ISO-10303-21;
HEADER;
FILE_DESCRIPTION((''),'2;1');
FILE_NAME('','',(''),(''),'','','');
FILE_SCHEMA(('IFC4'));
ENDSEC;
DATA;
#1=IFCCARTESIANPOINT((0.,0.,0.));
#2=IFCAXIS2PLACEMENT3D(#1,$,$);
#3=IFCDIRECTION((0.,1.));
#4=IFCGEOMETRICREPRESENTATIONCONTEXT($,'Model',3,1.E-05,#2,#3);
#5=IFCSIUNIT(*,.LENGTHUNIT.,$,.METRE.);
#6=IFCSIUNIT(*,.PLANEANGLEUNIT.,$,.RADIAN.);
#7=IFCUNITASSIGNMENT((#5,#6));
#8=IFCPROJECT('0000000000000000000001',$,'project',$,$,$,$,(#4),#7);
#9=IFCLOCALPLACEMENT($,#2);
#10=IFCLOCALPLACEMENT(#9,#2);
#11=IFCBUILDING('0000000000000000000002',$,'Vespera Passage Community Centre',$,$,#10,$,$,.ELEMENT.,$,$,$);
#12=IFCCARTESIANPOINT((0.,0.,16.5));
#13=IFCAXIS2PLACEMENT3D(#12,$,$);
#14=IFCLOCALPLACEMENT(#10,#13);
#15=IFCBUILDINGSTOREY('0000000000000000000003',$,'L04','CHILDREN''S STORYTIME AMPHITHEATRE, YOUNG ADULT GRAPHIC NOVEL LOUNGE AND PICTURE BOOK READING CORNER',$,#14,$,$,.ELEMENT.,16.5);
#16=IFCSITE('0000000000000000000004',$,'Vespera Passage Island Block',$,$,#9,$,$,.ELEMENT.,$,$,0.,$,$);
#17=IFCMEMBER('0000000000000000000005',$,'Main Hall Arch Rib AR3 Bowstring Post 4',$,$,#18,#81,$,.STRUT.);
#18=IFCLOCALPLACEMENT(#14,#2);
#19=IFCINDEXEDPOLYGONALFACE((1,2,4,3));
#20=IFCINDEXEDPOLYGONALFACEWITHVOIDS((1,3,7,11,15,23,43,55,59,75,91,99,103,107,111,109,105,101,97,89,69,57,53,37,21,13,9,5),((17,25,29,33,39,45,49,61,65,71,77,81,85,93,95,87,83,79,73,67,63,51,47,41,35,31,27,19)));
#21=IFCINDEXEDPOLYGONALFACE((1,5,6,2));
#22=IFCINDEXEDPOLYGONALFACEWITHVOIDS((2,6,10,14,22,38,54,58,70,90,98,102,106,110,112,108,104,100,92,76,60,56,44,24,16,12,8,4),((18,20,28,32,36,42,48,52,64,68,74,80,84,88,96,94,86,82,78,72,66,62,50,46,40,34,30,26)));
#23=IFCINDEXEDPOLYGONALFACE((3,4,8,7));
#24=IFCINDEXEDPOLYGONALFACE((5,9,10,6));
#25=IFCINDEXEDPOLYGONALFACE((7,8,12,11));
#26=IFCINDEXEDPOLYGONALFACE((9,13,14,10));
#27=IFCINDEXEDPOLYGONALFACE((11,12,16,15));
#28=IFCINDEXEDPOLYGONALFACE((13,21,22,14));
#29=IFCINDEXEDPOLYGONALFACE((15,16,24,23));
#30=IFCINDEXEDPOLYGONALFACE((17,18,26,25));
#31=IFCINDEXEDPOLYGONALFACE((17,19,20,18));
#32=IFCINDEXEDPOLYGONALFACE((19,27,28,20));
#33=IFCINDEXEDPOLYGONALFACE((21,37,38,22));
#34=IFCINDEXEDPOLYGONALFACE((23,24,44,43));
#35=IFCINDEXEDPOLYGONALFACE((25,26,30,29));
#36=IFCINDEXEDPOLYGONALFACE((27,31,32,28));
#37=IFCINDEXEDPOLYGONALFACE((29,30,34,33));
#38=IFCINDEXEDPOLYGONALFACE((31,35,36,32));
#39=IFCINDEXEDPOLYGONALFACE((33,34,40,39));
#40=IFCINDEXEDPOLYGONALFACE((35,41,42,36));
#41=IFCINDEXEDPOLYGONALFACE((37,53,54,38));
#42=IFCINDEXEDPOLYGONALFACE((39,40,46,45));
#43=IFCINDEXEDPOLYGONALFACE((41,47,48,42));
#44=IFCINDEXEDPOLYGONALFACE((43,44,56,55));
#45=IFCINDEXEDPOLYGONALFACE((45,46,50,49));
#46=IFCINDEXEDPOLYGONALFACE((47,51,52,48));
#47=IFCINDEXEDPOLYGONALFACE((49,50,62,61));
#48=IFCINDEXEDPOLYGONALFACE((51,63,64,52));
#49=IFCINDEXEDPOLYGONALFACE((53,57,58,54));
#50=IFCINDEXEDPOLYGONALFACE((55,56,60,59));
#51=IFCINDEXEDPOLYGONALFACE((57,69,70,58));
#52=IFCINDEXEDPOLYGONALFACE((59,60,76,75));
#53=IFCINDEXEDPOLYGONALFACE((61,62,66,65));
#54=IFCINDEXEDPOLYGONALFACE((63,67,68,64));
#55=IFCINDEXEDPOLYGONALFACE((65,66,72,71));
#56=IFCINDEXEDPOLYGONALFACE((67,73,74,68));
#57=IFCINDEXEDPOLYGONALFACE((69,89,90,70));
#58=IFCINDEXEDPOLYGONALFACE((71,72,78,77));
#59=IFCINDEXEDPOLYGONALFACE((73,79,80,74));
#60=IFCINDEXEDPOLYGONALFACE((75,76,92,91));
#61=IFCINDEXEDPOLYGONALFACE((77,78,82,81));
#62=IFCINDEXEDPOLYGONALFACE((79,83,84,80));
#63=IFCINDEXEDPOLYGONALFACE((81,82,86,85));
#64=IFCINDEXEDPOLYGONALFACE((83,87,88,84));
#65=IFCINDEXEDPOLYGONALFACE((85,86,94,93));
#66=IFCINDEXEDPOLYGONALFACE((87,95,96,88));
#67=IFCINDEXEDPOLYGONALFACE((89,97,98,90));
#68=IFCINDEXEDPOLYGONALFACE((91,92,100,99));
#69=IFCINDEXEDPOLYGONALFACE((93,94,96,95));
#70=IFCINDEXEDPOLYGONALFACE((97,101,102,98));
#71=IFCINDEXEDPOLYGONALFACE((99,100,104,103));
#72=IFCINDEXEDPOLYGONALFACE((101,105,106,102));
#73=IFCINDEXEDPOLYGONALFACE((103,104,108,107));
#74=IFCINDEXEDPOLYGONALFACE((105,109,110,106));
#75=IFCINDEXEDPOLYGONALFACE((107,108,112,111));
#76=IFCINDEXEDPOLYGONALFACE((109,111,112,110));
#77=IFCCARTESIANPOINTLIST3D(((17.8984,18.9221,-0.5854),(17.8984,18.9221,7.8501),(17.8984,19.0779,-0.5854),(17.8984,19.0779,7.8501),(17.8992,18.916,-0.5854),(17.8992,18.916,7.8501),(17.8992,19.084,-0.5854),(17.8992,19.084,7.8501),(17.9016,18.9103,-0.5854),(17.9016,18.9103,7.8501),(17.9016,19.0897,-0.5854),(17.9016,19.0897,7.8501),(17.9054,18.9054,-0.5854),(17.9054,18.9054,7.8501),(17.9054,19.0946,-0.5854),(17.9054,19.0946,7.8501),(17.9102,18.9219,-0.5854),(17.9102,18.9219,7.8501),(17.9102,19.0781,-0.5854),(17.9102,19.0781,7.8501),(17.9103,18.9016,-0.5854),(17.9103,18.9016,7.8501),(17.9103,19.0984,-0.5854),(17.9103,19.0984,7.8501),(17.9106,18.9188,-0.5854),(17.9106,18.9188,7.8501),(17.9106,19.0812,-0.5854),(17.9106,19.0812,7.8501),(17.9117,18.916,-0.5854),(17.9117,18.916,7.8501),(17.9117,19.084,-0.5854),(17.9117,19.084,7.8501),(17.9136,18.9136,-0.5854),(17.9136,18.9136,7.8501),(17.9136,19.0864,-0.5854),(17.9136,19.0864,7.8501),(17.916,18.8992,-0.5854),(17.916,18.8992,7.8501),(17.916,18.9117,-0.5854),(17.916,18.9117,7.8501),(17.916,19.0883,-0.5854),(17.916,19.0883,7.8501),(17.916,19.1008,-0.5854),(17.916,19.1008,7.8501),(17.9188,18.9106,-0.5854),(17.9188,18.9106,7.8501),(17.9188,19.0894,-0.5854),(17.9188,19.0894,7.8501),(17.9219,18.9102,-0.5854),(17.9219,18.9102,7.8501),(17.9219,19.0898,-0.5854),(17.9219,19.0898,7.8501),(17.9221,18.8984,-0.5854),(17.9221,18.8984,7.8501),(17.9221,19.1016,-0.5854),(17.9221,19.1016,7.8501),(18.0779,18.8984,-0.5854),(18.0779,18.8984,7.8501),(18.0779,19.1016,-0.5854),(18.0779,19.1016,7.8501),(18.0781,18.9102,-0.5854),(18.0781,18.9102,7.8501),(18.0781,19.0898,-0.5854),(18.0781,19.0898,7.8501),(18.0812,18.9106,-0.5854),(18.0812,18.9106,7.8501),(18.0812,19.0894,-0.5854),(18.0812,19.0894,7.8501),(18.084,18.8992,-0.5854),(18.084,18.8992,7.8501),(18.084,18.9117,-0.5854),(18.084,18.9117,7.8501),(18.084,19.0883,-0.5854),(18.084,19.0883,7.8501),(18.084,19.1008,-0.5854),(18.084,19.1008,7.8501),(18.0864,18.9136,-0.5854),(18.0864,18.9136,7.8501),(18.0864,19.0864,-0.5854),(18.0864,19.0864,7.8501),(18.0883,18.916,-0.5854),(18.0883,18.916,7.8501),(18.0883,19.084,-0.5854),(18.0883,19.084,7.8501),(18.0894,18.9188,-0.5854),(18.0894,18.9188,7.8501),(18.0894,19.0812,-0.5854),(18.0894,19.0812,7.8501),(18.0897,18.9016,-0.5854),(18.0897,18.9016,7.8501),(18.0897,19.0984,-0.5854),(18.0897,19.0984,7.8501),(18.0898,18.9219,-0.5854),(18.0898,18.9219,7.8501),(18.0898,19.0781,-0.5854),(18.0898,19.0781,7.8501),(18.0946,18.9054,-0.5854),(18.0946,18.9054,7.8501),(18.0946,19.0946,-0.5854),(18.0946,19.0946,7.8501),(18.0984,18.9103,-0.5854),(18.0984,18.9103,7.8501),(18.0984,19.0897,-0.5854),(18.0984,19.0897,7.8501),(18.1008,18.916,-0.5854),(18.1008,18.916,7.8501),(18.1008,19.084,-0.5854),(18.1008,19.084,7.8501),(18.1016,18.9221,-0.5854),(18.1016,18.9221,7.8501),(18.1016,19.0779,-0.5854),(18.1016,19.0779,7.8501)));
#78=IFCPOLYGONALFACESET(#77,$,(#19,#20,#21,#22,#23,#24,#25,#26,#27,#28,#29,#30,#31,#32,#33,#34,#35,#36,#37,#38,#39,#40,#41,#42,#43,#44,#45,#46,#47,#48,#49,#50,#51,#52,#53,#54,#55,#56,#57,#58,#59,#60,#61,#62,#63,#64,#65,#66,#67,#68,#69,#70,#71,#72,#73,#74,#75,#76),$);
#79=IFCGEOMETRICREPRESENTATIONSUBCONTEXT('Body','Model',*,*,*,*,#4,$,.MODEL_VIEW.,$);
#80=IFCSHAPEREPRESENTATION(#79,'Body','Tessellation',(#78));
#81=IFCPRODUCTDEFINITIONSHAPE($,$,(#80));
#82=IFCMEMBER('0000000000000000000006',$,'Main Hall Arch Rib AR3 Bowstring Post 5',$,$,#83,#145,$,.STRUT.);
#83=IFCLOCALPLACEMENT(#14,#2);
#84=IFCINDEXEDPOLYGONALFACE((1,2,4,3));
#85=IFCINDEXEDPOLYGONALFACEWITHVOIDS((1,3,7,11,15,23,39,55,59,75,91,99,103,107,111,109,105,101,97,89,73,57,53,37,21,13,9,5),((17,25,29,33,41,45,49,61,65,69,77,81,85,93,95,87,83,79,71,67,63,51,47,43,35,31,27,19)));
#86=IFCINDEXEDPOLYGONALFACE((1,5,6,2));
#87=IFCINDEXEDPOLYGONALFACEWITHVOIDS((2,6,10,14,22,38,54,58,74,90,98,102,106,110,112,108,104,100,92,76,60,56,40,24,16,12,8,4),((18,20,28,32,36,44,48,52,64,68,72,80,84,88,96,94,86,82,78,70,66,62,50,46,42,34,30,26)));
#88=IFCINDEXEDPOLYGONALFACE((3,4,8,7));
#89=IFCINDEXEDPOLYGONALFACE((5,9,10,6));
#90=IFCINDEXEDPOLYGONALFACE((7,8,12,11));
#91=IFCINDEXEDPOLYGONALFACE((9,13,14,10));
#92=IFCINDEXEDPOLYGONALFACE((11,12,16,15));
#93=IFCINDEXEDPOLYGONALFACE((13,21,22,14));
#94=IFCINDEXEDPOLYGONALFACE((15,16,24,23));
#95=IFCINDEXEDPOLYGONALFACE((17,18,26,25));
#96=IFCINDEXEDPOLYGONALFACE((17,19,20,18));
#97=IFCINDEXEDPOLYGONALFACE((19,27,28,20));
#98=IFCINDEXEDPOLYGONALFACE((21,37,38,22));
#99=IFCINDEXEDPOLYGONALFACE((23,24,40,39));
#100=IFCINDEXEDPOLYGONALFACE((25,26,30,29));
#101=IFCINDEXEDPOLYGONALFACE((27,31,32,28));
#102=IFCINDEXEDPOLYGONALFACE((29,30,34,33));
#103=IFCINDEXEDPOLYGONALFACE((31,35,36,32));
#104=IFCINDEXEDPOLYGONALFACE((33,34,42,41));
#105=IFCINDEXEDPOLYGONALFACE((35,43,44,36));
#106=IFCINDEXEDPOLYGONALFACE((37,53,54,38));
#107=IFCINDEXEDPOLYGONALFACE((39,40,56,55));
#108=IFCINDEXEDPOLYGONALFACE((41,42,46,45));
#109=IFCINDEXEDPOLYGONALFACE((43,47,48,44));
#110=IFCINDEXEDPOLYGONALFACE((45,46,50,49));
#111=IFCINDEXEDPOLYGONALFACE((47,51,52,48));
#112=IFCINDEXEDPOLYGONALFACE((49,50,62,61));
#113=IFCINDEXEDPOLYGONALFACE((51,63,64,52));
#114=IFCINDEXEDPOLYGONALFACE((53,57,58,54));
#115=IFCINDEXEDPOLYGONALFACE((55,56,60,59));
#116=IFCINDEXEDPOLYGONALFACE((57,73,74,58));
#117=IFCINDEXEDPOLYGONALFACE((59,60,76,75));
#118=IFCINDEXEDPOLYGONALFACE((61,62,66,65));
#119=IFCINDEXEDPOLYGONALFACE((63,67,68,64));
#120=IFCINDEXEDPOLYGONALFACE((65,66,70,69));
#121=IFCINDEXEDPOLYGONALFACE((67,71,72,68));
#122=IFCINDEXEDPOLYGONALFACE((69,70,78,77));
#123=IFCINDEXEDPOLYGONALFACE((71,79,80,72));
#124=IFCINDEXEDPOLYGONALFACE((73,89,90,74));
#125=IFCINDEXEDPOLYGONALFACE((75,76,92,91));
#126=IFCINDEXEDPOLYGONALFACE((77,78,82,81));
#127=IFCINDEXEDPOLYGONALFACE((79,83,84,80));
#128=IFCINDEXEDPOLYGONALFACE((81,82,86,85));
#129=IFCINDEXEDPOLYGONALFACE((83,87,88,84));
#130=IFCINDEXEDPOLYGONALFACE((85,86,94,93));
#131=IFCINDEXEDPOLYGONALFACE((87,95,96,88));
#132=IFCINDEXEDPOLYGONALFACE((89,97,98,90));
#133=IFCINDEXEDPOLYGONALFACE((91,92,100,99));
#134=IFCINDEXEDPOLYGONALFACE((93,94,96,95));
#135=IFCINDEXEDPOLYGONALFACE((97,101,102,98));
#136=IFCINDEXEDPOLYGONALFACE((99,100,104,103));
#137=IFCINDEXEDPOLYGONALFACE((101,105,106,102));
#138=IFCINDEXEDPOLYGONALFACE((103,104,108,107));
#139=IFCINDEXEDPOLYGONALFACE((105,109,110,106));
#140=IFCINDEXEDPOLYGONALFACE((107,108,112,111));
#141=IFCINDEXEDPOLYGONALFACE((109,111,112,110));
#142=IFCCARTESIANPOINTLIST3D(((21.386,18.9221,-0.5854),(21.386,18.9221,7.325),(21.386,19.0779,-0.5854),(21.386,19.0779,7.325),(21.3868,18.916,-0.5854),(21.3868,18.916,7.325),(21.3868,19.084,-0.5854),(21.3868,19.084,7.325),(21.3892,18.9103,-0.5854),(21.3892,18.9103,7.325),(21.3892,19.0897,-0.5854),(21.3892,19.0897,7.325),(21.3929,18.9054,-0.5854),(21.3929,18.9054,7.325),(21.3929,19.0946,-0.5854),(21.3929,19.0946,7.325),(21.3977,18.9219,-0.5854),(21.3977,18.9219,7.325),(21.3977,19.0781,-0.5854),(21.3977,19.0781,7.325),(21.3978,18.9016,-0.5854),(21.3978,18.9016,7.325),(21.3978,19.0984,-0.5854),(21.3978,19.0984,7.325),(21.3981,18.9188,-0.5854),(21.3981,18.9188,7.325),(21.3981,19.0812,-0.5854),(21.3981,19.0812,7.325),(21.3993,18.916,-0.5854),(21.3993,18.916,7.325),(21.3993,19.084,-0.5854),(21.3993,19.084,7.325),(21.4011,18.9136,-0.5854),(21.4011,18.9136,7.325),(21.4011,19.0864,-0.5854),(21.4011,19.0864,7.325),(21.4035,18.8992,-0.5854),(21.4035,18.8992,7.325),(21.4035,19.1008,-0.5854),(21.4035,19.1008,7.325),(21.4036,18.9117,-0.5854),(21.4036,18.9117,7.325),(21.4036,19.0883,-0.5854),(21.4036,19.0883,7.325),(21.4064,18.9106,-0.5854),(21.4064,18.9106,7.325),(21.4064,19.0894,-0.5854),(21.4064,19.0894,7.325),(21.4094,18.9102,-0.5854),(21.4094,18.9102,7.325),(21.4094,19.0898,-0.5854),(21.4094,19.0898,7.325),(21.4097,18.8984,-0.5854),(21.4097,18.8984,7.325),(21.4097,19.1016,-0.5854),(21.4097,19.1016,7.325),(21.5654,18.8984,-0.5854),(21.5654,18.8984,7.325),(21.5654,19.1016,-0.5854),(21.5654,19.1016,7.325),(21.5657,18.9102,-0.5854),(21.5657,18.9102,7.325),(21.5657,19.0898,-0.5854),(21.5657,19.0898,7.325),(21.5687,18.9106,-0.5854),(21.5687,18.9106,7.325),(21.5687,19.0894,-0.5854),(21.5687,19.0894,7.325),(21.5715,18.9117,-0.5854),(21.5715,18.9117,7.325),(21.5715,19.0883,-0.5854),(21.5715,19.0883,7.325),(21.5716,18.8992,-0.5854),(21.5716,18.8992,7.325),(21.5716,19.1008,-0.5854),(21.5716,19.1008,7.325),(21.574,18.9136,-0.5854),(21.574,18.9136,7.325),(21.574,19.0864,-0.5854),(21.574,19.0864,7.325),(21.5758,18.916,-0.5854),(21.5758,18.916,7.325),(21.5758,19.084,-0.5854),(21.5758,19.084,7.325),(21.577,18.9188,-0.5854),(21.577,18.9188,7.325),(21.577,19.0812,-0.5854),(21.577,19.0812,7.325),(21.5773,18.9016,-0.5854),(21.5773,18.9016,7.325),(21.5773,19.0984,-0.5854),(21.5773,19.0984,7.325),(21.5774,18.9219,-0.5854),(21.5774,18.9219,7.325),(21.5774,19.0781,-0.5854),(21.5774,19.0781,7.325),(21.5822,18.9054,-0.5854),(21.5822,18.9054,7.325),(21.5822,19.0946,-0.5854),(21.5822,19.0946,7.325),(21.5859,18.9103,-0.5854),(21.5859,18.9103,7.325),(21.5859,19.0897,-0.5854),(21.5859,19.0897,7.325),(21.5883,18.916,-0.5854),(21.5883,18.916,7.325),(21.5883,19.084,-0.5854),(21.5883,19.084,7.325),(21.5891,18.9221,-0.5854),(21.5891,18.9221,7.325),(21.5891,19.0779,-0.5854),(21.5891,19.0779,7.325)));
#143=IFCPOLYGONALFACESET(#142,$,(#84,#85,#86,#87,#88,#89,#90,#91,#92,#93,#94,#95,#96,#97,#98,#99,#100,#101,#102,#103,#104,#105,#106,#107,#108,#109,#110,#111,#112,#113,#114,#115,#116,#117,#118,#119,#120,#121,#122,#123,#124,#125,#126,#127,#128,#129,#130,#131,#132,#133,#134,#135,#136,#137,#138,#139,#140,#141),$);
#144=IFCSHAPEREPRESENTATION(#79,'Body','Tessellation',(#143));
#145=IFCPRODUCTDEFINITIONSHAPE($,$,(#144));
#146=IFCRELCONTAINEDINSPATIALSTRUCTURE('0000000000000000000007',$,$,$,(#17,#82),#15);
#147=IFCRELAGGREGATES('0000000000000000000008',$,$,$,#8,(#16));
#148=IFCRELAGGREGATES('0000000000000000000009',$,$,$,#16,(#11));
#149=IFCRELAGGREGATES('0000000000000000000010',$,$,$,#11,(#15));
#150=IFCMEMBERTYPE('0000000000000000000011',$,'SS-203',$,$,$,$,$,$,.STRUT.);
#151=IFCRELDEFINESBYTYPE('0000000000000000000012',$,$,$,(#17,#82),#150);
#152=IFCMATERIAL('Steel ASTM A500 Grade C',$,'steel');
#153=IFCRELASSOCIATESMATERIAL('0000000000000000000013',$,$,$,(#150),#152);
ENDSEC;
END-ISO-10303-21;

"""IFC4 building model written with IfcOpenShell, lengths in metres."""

from ifc_helpers import new_model, si_unit, direction, frame, origin, origin_2d, place, context, subcontext, project, spatial, hollow_rectangle, extrude, material, material_profile, profile_set, type_object, element, save


model = new_model("IFC4")

# Units and contexts
model_context = context("Model", 3, precision=1e-05, world=origin(), true_north=direction((0.0, 1.0)))
body_context = subcontext(model_context, "Body", "Model", "MODEL_VIEW")
ifc_project = project(units=[si_unit("LENGTHUNIT", "METRE"), si_unit("PLANEANGLEUNIT", "RADIAN")], contexts=[model_context])

# Site, building, storey
site_placement = place(None, origin())
site = spatial("IfcSite", under=ifc_project, at=site_placement, Name="Vespera Passage Island Block", CompositionType="ELEMENT", RefElevation=0.0)
building_placement = place(site_placement, origin())
building = spatial("IfcBuilding", under=site, at=building_placement, Name="Vespera Passage Community Centre", CompositionType="ELEMENT")
storey_placement = place(building_placement, frame((0.0, 0.0, 16.5)))
storey = spatial("IfcBuildingStorey", under=building, at=storey_placement, Name="L04", Description="CHILDREN'S STORYTIME AMPHITHEATRE, YOUNG ADULT GRAPHIC NOVEL LOUNGE AND PICTURE BOOK READING CORNER", CompositionType="ELEMENT", Elevation=16.5)

# Members
ifc_material_1 = material(Name="Steel ASTM A500 Grade C", Category="steel")
ifc_material_profile_1 = material_profile(ifc_material_1, hollow_rectangle(XDim=0.2031, YDim=0.2031, WallThickness=0.0117, InnerFilletRadius=0.0117, OuterFilletRadius=0.0237, at=origin_2d()), Name="HSS203X203X12.7")
ifc_profile_set_1 = profile_set([ifc_material_profile_1], Name="Steel ASTM A500 Grade C")
member_type_1 = type_object("IfcMemberType", Name="SS-203", PredefinedType="STRUT", material=ifc_profile_set_1)
member_1_placement = place(storey_placement, frame((18.0, 19.0, -0.5854), z_axis=(0.0, 0.0, 1.0), x_axis=(1.0, 0.0, 0.0)))
element("IfcMember", 1, at=member_1_placement, inside=storey, type_object=member_type_1, Name="Main Hall Arch Rib AR3 Bowstring Post 4", PredefinedType="STRUT", context=body_context, shape_type="SweptSolid", body=[
    extrude(hollow_rectangle(XDim=0.2031, YDim=0.2031, WallThickness=0.0117, InnerFilletRadius=0.0117, OuterFilletRadius=0.0237, at=origin_2d()), origin(), (0.0, 0.0, 1.0), 8.4355),
])
for number, where, z_axis, x_axis, name in (
    (2, (21.4875, 19.0, -0.5854), (0.0, 0.0, 1.0), (1.0, 0.0, 0.0), "Main Hall Arch Rib AR3 Bowstring Post 5"),
):
    element("IfcMember", number, at=place(storey_placement, frame(where, z_axis=z_axis, x_axis=x_axis)), inside=storey, type_object=member_type_1, Name=name, PredefinedType="STRUT", context=body_context, shape_type="SweptSolid", body=[
        extrude(hollow_rectangle(XDim=0.2031, YDim=0.2031, WallThickness=0.0117, InnerFilletRadius=0.0117, OuterFilletRadius=0.0237, at=origin_2d()), origin(), (0.0, 0.0, 1.0), 7.9104),
    ])

save(model, "model.ifc")
